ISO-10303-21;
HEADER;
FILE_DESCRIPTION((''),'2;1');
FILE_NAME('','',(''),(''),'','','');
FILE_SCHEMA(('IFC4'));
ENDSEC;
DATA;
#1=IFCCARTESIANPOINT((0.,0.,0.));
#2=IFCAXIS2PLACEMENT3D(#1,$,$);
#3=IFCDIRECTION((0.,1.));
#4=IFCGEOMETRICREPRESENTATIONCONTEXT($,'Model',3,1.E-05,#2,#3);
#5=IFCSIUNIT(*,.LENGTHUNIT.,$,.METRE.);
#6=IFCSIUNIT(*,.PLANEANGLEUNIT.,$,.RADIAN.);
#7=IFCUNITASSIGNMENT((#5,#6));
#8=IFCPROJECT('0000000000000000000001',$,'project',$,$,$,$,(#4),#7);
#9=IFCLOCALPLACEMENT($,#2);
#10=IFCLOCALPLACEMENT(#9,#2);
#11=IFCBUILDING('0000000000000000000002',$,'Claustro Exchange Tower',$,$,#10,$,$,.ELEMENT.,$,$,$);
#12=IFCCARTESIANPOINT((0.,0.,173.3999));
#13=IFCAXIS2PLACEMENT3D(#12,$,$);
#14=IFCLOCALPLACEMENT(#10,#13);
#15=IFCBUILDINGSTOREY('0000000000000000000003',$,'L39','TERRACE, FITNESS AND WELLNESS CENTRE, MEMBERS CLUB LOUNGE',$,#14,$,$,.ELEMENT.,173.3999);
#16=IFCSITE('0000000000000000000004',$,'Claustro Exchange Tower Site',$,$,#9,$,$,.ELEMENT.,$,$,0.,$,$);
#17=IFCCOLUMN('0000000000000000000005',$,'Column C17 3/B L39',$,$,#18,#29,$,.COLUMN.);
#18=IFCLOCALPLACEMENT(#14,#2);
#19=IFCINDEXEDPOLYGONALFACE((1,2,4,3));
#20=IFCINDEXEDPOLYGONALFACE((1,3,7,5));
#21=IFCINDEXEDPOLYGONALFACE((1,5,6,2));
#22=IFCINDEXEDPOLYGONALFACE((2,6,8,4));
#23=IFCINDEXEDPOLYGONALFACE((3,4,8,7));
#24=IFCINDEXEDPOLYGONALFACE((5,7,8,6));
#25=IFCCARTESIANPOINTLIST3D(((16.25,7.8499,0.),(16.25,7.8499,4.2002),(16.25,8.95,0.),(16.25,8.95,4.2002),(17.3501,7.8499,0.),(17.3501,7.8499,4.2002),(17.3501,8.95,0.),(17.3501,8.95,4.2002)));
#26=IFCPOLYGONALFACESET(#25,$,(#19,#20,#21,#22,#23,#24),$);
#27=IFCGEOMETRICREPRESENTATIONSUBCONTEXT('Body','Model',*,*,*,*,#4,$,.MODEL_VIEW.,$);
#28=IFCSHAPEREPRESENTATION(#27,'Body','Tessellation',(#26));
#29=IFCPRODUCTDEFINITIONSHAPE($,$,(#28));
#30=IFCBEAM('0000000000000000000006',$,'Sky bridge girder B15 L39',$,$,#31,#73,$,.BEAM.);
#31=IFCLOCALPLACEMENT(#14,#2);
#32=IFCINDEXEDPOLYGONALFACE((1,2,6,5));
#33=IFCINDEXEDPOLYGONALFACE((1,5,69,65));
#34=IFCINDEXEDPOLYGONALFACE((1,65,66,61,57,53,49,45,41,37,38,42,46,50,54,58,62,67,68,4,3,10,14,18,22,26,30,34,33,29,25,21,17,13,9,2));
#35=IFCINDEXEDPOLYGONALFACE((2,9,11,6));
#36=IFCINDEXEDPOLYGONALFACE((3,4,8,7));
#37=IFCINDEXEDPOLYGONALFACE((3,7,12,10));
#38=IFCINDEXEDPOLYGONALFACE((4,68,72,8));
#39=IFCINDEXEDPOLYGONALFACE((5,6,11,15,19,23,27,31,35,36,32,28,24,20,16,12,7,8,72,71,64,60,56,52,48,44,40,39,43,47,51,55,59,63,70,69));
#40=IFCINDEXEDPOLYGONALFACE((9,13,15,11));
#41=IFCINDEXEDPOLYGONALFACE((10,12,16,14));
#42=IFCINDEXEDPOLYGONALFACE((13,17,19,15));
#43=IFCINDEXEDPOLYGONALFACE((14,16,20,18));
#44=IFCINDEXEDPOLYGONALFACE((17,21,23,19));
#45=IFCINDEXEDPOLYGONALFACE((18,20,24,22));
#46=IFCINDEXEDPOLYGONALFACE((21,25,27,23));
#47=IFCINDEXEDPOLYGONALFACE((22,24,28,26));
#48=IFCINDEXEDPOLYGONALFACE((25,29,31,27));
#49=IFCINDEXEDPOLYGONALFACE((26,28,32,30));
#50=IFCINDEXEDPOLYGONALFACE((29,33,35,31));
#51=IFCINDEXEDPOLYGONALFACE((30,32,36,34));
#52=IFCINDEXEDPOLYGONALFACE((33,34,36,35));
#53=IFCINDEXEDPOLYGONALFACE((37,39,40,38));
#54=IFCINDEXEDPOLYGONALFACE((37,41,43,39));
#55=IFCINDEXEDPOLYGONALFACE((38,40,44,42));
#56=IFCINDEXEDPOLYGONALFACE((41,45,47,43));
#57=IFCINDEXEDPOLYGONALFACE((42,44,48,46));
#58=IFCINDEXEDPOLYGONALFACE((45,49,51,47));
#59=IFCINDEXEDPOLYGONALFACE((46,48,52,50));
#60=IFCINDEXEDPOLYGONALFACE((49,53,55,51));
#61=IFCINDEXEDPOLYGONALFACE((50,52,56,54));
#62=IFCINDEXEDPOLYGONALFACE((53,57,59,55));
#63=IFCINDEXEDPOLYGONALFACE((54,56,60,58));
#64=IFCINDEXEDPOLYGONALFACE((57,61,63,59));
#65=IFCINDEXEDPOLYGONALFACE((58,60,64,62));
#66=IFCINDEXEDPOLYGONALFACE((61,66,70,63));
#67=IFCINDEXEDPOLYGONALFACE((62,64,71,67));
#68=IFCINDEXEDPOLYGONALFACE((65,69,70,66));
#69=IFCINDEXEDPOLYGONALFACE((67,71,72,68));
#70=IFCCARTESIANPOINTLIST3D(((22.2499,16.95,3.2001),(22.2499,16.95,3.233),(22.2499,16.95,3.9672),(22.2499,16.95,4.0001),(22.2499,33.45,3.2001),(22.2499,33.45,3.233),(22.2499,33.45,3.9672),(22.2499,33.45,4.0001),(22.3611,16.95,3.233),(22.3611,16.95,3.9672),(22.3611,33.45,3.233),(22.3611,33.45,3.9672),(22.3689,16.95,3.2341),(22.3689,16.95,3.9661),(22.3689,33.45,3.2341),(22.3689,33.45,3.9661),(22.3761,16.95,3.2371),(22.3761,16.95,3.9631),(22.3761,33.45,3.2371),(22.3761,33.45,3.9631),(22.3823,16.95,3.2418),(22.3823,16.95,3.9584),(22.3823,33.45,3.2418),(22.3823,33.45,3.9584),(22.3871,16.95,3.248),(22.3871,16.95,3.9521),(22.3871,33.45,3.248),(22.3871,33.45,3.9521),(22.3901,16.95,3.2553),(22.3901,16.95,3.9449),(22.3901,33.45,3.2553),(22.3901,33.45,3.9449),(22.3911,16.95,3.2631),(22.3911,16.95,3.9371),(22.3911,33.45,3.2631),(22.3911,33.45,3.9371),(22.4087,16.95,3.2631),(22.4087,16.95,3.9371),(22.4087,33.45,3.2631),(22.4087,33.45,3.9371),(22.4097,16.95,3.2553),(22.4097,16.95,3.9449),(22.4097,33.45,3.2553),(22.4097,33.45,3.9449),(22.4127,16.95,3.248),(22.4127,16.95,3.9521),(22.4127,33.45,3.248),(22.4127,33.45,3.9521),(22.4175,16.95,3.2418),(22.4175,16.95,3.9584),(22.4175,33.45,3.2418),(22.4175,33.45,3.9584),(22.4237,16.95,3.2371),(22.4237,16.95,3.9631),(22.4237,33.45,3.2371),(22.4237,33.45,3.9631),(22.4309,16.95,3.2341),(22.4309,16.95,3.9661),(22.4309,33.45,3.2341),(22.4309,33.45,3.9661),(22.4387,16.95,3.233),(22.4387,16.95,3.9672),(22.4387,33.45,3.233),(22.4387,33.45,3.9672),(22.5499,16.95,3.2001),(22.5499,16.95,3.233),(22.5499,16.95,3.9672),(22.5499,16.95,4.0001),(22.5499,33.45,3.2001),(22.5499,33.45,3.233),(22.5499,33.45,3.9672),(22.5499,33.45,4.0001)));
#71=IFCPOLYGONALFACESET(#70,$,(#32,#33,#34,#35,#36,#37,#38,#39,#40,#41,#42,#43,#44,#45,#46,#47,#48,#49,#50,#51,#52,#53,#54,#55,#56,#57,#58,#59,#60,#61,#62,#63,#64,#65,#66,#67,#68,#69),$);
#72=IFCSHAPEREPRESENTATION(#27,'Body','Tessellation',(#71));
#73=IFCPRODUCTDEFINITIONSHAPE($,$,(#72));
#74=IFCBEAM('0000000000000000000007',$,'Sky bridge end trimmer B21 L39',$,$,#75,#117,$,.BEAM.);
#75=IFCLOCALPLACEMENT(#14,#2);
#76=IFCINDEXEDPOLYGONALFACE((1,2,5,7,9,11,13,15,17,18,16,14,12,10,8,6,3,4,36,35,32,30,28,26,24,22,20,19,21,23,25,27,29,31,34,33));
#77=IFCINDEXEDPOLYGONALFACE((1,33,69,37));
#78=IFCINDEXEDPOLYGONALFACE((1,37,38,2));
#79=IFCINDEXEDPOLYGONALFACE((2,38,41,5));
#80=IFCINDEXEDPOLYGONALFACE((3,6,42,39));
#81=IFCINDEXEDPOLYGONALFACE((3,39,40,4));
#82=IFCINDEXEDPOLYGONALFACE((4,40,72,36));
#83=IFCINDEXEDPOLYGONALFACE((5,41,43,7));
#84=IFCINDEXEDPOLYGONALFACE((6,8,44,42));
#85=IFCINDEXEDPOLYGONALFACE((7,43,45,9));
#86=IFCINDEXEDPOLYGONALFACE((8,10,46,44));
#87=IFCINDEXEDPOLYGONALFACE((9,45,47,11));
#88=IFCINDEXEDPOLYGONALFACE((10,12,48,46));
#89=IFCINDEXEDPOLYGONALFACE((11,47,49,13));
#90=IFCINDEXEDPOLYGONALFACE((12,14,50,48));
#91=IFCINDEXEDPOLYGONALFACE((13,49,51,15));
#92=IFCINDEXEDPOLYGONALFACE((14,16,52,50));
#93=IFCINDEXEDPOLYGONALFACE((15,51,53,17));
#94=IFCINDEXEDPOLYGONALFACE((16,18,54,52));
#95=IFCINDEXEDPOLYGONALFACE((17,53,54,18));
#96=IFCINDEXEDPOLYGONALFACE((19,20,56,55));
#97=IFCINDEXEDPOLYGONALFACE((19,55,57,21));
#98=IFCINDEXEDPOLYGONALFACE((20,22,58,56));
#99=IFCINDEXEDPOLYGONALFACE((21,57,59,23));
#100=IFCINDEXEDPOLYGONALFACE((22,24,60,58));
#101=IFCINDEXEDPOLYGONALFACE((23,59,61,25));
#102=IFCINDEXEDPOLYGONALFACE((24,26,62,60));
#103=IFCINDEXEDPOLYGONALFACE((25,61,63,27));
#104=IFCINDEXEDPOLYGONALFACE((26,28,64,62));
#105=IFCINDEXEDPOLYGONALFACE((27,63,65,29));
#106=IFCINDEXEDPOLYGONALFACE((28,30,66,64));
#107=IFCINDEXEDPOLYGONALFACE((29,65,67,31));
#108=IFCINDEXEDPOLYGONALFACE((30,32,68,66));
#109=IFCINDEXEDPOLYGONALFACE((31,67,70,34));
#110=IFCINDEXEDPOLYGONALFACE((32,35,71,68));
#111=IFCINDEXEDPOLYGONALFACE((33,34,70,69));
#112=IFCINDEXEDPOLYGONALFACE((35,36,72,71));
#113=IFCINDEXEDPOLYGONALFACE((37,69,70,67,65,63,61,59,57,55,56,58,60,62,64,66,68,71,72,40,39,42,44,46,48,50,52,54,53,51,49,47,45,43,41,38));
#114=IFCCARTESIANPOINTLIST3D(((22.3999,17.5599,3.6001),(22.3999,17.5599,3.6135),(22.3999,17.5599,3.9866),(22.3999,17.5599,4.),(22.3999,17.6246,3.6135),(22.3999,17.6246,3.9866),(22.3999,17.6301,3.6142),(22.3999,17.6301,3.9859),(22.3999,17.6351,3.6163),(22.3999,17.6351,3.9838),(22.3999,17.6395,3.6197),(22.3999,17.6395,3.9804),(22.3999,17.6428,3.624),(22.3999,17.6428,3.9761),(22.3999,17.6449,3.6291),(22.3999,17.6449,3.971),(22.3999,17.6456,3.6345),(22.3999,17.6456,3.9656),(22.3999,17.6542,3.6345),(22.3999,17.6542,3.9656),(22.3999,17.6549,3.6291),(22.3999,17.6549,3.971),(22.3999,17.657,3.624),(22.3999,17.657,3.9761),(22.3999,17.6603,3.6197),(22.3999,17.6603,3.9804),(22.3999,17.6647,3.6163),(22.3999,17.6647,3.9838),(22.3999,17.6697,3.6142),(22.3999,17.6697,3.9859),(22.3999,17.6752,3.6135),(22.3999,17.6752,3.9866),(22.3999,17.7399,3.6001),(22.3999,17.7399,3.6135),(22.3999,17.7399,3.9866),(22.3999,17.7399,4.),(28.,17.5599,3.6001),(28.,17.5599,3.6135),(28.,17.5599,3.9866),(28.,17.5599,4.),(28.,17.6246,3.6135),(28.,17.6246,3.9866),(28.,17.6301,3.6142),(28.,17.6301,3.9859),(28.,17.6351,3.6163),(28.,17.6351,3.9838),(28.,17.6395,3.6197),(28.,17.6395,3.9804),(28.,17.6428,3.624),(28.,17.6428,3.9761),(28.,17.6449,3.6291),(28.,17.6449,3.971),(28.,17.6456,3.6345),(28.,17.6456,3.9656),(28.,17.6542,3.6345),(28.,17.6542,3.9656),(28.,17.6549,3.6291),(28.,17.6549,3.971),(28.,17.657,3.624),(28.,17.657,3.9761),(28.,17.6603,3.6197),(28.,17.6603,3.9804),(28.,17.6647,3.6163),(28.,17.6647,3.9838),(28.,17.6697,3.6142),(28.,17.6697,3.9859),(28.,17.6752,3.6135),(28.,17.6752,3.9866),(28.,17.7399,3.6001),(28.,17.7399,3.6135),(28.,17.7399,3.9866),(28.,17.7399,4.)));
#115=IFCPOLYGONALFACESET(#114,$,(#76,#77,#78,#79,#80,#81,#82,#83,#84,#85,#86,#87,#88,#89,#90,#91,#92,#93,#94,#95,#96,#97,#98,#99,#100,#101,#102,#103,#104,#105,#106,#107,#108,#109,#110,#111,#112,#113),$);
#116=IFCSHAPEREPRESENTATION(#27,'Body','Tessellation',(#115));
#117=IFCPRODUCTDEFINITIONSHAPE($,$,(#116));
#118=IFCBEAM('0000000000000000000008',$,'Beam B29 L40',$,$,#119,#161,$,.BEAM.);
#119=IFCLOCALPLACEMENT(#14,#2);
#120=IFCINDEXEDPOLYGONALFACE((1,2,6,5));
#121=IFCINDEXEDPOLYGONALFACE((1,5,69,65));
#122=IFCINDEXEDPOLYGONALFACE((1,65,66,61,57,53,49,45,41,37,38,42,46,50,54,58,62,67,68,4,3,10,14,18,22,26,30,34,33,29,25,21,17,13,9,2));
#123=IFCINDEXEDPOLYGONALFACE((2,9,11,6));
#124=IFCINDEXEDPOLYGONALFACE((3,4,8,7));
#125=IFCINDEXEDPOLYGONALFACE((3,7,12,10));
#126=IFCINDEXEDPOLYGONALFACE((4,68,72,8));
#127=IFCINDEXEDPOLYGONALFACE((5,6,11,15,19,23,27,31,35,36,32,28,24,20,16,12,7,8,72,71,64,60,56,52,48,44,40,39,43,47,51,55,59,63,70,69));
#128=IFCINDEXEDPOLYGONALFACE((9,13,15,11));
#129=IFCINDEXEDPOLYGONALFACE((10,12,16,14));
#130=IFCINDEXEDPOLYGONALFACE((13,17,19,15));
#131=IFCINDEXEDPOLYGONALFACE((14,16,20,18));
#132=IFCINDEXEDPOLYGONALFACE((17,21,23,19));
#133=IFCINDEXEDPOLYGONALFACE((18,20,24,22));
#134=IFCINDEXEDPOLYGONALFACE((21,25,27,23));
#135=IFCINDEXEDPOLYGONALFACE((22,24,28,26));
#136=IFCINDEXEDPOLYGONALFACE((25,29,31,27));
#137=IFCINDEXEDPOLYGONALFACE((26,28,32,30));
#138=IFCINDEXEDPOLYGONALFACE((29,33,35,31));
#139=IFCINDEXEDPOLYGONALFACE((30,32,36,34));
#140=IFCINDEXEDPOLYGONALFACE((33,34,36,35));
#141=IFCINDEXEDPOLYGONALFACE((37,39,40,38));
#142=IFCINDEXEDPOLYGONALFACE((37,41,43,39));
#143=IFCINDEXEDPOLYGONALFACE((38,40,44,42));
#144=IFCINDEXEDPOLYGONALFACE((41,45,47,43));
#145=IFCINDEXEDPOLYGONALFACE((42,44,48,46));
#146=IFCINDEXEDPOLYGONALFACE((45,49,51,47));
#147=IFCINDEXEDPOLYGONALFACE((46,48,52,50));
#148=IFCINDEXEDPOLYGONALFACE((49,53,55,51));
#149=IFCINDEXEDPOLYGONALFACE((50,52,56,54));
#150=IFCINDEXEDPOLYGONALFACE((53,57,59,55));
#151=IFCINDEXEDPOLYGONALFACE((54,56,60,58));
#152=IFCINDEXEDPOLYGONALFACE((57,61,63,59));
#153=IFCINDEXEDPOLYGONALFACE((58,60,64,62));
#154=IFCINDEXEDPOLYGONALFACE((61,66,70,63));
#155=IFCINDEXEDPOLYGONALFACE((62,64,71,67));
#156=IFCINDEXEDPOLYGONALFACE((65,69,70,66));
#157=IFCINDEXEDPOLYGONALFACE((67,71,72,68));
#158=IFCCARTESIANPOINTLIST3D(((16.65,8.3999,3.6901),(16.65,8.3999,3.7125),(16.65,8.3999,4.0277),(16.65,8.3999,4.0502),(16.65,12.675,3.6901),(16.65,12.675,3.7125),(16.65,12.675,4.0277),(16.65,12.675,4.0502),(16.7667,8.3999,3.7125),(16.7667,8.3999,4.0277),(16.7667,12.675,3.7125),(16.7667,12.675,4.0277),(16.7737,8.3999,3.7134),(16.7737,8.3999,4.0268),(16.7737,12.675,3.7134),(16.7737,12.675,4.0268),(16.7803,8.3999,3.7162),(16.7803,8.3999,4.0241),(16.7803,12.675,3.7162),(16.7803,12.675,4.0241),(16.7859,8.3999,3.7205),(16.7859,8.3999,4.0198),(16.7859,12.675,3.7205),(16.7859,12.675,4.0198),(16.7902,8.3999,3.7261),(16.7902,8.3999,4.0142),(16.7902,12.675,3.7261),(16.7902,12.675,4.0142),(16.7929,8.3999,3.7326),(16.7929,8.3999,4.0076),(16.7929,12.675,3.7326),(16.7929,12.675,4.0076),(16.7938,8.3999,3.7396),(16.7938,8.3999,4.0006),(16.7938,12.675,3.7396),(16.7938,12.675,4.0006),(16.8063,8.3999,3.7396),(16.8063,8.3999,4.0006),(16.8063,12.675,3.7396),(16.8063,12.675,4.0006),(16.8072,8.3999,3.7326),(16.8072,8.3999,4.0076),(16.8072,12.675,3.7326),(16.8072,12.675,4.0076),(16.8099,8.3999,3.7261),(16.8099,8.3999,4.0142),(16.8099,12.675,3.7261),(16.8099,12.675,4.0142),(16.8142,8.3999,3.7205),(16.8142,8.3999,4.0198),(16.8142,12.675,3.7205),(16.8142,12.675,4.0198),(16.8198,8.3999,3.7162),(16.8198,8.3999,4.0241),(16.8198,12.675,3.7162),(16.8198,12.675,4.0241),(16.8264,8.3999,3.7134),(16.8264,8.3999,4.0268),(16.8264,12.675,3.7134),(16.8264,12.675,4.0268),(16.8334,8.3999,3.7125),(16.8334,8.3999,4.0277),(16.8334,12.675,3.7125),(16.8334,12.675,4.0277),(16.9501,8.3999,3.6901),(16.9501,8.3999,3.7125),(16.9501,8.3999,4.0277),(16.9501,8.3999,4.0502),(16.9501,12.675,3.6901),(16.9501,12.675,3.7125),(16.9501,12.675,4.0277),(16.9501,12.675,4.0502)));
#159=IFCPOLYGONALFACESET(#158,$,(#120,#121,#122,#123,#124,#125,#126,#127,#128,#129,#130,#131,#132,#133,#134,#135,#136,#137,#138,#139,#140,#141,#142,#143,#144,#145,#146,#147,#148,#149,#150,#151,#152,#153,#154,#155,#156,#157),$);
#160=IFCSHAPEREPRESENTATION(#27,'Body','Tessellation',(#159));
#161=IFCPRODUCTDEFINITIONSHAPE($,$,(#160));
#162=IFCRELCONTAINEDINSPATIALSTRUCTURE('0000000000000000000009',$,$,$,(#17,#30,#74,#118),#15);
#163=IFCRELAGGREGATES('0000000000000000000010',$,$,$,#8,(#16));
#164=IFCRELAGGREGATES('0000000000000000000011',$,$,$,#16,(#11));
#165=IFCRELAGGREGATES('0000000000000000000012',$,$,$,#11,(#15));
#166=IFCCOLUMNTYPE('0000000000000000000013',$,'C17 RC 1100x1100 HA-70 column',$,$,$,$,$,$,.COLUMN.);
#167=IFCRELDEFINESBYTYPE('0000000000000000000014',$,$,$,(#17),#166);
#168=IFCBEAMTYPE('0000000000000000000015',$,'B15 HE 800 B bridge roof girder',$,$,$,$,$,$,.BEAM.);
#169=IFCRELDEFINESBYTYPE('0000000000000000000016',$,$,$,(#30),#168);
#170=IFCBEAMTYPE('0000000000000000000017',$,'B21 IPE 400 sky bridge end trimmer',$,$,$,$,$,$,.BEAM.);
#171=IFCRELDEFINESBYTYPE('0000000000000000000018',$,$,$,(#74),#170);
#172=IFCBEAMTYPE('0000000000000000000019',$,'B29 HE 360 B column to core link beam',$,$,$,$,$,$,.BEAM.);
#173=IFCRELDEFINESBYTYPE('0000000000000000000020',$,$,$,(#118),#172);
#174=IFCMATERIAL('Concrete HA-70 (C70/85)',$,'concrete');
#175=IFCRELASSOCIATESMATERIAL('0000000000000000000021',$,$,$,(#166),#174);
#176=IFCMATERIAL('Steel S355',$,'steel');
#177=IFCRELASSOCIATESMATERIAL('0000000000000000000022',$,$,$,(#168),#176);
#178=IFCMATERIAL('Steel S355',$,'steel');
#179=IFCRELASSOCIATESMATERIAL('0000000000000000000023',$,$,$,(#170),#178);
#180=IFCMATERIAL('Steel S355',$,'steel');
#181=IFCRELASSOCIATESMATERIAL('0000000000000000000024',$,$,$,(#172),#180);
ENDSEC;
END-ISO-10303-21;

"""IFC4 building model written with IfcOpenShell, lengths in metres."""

from ifc_helpers import new_model, si_unit, direction, frame, origin, origin_2d, place, context, subcontext, project, spatial, rectangle, i_section, extrude, material, material_profile, profile_set, type_object, element, save


model = new_model("IFC4")

# Units and contexts
model_context = context("Model", 3, precision=1e-05, world=origin(), true_north=direction((0.0, 1.0)))
body_context = subcontext(model_context, "Body", "Model", "MODEL_VIEW")
ifc_project = project(units=[si_unit("LENGTHUNIT", "METRE"), si_unit("PLANEANGLEUNIT", "RADIAN")], contexts=[model_context])

# Site, building, storey
site_placement = place(None, origin())
site = spatial("IfcSite", under=ifc_project, at=site_placement, Name="Claustro Exchange Tower Site", CompositionType="ELEMENT", RefElevation=0.0)
building_placement = place(site_placement, origin())
building = spatial("IfcBuilding", under=site, at=building_placement, Name="Claustro Exchange Tower", CompositionType="ELEMENT")
storey_placement = place(building_placement, frame((0.0, 0.0, 173.3999)))
storey = spatial("IfcBuildingStorey", under=building, at=storey_placement, Name="L39", Description="TERRACE, FITNESS AND WELLNESS CENTRE, MEMBERS CLUB LOUNGE", CompositionType="ELEMENT", Elevation=173.3999)

# Column
ifc_material_1 = material(Name="Concrete HA-70 (C70/85)", Category="concrete")
ifc_material_profile_1 = material_profile(ifc_material_1, rectangle(XDim=1.1001, YDim=1.1001, at=origin_2d()), Name="RC 1100x1100")
ifc_profile_set_1 = profile_set([ifc_material_profile_1], Name="Concrete HA-70 (C70/85)")
column_type = type_object("IfcColumnType", Name="C17 RC 1100x1100 HA-70 column", PredefinedType="COLUMN", material=ifc_profile_set_1)
column_placement = place(storey_placement, frame((16.8, 8.3999, 0.0), z_axis=(0.0, 0.0, 1.0), x_axis=(1.0, 0.0, 0.0)))
element("IfcColumn", 1, at=column_placement, inside=storey, type_object=column_type, Name="Column C17 3/B L39", PredefinedType="COLUMN", context=body_context, shape_type="SweptSolid", body=[
    extrude(rectangle(XDim=1.1001, YDim=1.1001, at=origin_2d()), origin(), (0.0, 0.0, 1.0), 4.2002),
])

# Beams
ifc_material_2 = material(Name="Steel S355", Category="steel")
ifc_material_profile_2 = material_profile(ifc_material_2, i_section(OverallWidth=0.3, OverallDepth=0.8, WebThickness=0.0176, FlangeThickness=0.033, FilletRadius=0.03, at=origin_2d()), Name="HE 800 B")
ifc_profile_set_2 = profile_set([ifc_material_profile_2], Name="Steel S355")
beam_type_1 = type_object("IfcBeamType", Name="B15 HE 800 B bridge roof girder", PredefinedType="BEAM", material=ifc_profile_set_2)
beam_1_placement = place(storey_placement, frame((22.3999, 16.95, 3.6001), z_axis=(0.0, 1.0, 0.0), x_axis=(-1.0, 0.0, 0.0)))
element("IfcBeam", 2, at=beam_1_placement, inside=storey, type_object=beam_type_1, Name="Sky bridge girder B15 L39", PredefinedType="BEAM", context=body_context, shape_type="SweptSolid", body=[
    extrude(i_section(OverallWidth=0.3, OverallDepth=0.8, WebThickness=0.0176, FlangeThickness=0.033, FilletRadius=0.03, at=origin_2d()), origin(), (0.0, 0.0, 1.0), 16.5),
])
ifc_material_3 = material(Name="Steel S355", Category="steel")
ifc_material_profile_3 = material_profile(ifc_material_3, i_section(OverallWidth=0.1799, OverallDepth=0.3999, WebThickness=0.0085, FlangeThickness=0.0134, FilletRadius=0.021, at=origin_2d()), Name="IPE 400")
ifc_profile_set_3 = profile_set([ifc_material_profile_3], Name="Steel S355")
beam_type_2 = type_object("IfcBeamType", Name="B21 IPE 400 sky bridge end trimmer", PredefinedType="BEAM", material=ifc_profile_set_3)
beam_2_placement = place(storey_placement, frame((22.3999, 17.6499, 3.8), z_axis=(1.0, 0.0, 0.0), x_axis=(0.0, 1.0, 0.0)))
element("IfcBeam", 3, at=beam_2_placement, inside=storey, type_object=beam_type_2, Name="Sky bridge end trimmer B21 L39", PredefinedType="BEAM", context=body_context, shape_type="SweptSolid", body=[
    extrude(i_section(OverallWidth=0.1799, OverallDepth=0.3999, WebThickness=0.0085, FlangeThickness=0.0134, FilletRadius=0.021, at=origin_2d()), origin(), (0.0, 0.0, 1.0), 5.6001),
])
ifc_material_4 = material(Name="Steel S355", Category="steel")
ifc_material_profile_4 = material_profile(ifc_material_4, i_section(OverallWidth=0.3, OverallDepth=0.3601, WebThickness=0.0125, FlangeThickness=0.0225, FilletRadius=0.0271, at=origin_2d()), Name="HE 360 B")
ifc_profile_set_4 = profile_set([ifc_material_profile_4], Name="Steel S355")
beam_type_3 = type_object("IfcBeamType", Name="B29 HE 360 B column to core link beam", PredefinedType="BEAM", material=ifc_profile_set_4)
beam_3_placement = place(storey_placement, frame((16.8, 8.3999, 3.8701), z_axis=(0.0, 1.0, 0.0), x_axis=(-1.0, 0.0, 0.0)))
element("IfcBeam", 4, at=beam_3_placement, inside=storey, type_object=beam_type_3, Name="Beam B29 L40", PredefinedType="BEAM", context=body_context, shape_type="SweptSolid", body=[
    extrude(i_section(OverallWidth=0.3, OverallDepth=0.3601, WebThickness=0.0125, FlangeThickness=0.0225, FilletRadius=0.0271, at=origin_2d()), origin(), (0.0, 0.0, 1.0), 4.2751),
])

save(model, "model.ifc")
